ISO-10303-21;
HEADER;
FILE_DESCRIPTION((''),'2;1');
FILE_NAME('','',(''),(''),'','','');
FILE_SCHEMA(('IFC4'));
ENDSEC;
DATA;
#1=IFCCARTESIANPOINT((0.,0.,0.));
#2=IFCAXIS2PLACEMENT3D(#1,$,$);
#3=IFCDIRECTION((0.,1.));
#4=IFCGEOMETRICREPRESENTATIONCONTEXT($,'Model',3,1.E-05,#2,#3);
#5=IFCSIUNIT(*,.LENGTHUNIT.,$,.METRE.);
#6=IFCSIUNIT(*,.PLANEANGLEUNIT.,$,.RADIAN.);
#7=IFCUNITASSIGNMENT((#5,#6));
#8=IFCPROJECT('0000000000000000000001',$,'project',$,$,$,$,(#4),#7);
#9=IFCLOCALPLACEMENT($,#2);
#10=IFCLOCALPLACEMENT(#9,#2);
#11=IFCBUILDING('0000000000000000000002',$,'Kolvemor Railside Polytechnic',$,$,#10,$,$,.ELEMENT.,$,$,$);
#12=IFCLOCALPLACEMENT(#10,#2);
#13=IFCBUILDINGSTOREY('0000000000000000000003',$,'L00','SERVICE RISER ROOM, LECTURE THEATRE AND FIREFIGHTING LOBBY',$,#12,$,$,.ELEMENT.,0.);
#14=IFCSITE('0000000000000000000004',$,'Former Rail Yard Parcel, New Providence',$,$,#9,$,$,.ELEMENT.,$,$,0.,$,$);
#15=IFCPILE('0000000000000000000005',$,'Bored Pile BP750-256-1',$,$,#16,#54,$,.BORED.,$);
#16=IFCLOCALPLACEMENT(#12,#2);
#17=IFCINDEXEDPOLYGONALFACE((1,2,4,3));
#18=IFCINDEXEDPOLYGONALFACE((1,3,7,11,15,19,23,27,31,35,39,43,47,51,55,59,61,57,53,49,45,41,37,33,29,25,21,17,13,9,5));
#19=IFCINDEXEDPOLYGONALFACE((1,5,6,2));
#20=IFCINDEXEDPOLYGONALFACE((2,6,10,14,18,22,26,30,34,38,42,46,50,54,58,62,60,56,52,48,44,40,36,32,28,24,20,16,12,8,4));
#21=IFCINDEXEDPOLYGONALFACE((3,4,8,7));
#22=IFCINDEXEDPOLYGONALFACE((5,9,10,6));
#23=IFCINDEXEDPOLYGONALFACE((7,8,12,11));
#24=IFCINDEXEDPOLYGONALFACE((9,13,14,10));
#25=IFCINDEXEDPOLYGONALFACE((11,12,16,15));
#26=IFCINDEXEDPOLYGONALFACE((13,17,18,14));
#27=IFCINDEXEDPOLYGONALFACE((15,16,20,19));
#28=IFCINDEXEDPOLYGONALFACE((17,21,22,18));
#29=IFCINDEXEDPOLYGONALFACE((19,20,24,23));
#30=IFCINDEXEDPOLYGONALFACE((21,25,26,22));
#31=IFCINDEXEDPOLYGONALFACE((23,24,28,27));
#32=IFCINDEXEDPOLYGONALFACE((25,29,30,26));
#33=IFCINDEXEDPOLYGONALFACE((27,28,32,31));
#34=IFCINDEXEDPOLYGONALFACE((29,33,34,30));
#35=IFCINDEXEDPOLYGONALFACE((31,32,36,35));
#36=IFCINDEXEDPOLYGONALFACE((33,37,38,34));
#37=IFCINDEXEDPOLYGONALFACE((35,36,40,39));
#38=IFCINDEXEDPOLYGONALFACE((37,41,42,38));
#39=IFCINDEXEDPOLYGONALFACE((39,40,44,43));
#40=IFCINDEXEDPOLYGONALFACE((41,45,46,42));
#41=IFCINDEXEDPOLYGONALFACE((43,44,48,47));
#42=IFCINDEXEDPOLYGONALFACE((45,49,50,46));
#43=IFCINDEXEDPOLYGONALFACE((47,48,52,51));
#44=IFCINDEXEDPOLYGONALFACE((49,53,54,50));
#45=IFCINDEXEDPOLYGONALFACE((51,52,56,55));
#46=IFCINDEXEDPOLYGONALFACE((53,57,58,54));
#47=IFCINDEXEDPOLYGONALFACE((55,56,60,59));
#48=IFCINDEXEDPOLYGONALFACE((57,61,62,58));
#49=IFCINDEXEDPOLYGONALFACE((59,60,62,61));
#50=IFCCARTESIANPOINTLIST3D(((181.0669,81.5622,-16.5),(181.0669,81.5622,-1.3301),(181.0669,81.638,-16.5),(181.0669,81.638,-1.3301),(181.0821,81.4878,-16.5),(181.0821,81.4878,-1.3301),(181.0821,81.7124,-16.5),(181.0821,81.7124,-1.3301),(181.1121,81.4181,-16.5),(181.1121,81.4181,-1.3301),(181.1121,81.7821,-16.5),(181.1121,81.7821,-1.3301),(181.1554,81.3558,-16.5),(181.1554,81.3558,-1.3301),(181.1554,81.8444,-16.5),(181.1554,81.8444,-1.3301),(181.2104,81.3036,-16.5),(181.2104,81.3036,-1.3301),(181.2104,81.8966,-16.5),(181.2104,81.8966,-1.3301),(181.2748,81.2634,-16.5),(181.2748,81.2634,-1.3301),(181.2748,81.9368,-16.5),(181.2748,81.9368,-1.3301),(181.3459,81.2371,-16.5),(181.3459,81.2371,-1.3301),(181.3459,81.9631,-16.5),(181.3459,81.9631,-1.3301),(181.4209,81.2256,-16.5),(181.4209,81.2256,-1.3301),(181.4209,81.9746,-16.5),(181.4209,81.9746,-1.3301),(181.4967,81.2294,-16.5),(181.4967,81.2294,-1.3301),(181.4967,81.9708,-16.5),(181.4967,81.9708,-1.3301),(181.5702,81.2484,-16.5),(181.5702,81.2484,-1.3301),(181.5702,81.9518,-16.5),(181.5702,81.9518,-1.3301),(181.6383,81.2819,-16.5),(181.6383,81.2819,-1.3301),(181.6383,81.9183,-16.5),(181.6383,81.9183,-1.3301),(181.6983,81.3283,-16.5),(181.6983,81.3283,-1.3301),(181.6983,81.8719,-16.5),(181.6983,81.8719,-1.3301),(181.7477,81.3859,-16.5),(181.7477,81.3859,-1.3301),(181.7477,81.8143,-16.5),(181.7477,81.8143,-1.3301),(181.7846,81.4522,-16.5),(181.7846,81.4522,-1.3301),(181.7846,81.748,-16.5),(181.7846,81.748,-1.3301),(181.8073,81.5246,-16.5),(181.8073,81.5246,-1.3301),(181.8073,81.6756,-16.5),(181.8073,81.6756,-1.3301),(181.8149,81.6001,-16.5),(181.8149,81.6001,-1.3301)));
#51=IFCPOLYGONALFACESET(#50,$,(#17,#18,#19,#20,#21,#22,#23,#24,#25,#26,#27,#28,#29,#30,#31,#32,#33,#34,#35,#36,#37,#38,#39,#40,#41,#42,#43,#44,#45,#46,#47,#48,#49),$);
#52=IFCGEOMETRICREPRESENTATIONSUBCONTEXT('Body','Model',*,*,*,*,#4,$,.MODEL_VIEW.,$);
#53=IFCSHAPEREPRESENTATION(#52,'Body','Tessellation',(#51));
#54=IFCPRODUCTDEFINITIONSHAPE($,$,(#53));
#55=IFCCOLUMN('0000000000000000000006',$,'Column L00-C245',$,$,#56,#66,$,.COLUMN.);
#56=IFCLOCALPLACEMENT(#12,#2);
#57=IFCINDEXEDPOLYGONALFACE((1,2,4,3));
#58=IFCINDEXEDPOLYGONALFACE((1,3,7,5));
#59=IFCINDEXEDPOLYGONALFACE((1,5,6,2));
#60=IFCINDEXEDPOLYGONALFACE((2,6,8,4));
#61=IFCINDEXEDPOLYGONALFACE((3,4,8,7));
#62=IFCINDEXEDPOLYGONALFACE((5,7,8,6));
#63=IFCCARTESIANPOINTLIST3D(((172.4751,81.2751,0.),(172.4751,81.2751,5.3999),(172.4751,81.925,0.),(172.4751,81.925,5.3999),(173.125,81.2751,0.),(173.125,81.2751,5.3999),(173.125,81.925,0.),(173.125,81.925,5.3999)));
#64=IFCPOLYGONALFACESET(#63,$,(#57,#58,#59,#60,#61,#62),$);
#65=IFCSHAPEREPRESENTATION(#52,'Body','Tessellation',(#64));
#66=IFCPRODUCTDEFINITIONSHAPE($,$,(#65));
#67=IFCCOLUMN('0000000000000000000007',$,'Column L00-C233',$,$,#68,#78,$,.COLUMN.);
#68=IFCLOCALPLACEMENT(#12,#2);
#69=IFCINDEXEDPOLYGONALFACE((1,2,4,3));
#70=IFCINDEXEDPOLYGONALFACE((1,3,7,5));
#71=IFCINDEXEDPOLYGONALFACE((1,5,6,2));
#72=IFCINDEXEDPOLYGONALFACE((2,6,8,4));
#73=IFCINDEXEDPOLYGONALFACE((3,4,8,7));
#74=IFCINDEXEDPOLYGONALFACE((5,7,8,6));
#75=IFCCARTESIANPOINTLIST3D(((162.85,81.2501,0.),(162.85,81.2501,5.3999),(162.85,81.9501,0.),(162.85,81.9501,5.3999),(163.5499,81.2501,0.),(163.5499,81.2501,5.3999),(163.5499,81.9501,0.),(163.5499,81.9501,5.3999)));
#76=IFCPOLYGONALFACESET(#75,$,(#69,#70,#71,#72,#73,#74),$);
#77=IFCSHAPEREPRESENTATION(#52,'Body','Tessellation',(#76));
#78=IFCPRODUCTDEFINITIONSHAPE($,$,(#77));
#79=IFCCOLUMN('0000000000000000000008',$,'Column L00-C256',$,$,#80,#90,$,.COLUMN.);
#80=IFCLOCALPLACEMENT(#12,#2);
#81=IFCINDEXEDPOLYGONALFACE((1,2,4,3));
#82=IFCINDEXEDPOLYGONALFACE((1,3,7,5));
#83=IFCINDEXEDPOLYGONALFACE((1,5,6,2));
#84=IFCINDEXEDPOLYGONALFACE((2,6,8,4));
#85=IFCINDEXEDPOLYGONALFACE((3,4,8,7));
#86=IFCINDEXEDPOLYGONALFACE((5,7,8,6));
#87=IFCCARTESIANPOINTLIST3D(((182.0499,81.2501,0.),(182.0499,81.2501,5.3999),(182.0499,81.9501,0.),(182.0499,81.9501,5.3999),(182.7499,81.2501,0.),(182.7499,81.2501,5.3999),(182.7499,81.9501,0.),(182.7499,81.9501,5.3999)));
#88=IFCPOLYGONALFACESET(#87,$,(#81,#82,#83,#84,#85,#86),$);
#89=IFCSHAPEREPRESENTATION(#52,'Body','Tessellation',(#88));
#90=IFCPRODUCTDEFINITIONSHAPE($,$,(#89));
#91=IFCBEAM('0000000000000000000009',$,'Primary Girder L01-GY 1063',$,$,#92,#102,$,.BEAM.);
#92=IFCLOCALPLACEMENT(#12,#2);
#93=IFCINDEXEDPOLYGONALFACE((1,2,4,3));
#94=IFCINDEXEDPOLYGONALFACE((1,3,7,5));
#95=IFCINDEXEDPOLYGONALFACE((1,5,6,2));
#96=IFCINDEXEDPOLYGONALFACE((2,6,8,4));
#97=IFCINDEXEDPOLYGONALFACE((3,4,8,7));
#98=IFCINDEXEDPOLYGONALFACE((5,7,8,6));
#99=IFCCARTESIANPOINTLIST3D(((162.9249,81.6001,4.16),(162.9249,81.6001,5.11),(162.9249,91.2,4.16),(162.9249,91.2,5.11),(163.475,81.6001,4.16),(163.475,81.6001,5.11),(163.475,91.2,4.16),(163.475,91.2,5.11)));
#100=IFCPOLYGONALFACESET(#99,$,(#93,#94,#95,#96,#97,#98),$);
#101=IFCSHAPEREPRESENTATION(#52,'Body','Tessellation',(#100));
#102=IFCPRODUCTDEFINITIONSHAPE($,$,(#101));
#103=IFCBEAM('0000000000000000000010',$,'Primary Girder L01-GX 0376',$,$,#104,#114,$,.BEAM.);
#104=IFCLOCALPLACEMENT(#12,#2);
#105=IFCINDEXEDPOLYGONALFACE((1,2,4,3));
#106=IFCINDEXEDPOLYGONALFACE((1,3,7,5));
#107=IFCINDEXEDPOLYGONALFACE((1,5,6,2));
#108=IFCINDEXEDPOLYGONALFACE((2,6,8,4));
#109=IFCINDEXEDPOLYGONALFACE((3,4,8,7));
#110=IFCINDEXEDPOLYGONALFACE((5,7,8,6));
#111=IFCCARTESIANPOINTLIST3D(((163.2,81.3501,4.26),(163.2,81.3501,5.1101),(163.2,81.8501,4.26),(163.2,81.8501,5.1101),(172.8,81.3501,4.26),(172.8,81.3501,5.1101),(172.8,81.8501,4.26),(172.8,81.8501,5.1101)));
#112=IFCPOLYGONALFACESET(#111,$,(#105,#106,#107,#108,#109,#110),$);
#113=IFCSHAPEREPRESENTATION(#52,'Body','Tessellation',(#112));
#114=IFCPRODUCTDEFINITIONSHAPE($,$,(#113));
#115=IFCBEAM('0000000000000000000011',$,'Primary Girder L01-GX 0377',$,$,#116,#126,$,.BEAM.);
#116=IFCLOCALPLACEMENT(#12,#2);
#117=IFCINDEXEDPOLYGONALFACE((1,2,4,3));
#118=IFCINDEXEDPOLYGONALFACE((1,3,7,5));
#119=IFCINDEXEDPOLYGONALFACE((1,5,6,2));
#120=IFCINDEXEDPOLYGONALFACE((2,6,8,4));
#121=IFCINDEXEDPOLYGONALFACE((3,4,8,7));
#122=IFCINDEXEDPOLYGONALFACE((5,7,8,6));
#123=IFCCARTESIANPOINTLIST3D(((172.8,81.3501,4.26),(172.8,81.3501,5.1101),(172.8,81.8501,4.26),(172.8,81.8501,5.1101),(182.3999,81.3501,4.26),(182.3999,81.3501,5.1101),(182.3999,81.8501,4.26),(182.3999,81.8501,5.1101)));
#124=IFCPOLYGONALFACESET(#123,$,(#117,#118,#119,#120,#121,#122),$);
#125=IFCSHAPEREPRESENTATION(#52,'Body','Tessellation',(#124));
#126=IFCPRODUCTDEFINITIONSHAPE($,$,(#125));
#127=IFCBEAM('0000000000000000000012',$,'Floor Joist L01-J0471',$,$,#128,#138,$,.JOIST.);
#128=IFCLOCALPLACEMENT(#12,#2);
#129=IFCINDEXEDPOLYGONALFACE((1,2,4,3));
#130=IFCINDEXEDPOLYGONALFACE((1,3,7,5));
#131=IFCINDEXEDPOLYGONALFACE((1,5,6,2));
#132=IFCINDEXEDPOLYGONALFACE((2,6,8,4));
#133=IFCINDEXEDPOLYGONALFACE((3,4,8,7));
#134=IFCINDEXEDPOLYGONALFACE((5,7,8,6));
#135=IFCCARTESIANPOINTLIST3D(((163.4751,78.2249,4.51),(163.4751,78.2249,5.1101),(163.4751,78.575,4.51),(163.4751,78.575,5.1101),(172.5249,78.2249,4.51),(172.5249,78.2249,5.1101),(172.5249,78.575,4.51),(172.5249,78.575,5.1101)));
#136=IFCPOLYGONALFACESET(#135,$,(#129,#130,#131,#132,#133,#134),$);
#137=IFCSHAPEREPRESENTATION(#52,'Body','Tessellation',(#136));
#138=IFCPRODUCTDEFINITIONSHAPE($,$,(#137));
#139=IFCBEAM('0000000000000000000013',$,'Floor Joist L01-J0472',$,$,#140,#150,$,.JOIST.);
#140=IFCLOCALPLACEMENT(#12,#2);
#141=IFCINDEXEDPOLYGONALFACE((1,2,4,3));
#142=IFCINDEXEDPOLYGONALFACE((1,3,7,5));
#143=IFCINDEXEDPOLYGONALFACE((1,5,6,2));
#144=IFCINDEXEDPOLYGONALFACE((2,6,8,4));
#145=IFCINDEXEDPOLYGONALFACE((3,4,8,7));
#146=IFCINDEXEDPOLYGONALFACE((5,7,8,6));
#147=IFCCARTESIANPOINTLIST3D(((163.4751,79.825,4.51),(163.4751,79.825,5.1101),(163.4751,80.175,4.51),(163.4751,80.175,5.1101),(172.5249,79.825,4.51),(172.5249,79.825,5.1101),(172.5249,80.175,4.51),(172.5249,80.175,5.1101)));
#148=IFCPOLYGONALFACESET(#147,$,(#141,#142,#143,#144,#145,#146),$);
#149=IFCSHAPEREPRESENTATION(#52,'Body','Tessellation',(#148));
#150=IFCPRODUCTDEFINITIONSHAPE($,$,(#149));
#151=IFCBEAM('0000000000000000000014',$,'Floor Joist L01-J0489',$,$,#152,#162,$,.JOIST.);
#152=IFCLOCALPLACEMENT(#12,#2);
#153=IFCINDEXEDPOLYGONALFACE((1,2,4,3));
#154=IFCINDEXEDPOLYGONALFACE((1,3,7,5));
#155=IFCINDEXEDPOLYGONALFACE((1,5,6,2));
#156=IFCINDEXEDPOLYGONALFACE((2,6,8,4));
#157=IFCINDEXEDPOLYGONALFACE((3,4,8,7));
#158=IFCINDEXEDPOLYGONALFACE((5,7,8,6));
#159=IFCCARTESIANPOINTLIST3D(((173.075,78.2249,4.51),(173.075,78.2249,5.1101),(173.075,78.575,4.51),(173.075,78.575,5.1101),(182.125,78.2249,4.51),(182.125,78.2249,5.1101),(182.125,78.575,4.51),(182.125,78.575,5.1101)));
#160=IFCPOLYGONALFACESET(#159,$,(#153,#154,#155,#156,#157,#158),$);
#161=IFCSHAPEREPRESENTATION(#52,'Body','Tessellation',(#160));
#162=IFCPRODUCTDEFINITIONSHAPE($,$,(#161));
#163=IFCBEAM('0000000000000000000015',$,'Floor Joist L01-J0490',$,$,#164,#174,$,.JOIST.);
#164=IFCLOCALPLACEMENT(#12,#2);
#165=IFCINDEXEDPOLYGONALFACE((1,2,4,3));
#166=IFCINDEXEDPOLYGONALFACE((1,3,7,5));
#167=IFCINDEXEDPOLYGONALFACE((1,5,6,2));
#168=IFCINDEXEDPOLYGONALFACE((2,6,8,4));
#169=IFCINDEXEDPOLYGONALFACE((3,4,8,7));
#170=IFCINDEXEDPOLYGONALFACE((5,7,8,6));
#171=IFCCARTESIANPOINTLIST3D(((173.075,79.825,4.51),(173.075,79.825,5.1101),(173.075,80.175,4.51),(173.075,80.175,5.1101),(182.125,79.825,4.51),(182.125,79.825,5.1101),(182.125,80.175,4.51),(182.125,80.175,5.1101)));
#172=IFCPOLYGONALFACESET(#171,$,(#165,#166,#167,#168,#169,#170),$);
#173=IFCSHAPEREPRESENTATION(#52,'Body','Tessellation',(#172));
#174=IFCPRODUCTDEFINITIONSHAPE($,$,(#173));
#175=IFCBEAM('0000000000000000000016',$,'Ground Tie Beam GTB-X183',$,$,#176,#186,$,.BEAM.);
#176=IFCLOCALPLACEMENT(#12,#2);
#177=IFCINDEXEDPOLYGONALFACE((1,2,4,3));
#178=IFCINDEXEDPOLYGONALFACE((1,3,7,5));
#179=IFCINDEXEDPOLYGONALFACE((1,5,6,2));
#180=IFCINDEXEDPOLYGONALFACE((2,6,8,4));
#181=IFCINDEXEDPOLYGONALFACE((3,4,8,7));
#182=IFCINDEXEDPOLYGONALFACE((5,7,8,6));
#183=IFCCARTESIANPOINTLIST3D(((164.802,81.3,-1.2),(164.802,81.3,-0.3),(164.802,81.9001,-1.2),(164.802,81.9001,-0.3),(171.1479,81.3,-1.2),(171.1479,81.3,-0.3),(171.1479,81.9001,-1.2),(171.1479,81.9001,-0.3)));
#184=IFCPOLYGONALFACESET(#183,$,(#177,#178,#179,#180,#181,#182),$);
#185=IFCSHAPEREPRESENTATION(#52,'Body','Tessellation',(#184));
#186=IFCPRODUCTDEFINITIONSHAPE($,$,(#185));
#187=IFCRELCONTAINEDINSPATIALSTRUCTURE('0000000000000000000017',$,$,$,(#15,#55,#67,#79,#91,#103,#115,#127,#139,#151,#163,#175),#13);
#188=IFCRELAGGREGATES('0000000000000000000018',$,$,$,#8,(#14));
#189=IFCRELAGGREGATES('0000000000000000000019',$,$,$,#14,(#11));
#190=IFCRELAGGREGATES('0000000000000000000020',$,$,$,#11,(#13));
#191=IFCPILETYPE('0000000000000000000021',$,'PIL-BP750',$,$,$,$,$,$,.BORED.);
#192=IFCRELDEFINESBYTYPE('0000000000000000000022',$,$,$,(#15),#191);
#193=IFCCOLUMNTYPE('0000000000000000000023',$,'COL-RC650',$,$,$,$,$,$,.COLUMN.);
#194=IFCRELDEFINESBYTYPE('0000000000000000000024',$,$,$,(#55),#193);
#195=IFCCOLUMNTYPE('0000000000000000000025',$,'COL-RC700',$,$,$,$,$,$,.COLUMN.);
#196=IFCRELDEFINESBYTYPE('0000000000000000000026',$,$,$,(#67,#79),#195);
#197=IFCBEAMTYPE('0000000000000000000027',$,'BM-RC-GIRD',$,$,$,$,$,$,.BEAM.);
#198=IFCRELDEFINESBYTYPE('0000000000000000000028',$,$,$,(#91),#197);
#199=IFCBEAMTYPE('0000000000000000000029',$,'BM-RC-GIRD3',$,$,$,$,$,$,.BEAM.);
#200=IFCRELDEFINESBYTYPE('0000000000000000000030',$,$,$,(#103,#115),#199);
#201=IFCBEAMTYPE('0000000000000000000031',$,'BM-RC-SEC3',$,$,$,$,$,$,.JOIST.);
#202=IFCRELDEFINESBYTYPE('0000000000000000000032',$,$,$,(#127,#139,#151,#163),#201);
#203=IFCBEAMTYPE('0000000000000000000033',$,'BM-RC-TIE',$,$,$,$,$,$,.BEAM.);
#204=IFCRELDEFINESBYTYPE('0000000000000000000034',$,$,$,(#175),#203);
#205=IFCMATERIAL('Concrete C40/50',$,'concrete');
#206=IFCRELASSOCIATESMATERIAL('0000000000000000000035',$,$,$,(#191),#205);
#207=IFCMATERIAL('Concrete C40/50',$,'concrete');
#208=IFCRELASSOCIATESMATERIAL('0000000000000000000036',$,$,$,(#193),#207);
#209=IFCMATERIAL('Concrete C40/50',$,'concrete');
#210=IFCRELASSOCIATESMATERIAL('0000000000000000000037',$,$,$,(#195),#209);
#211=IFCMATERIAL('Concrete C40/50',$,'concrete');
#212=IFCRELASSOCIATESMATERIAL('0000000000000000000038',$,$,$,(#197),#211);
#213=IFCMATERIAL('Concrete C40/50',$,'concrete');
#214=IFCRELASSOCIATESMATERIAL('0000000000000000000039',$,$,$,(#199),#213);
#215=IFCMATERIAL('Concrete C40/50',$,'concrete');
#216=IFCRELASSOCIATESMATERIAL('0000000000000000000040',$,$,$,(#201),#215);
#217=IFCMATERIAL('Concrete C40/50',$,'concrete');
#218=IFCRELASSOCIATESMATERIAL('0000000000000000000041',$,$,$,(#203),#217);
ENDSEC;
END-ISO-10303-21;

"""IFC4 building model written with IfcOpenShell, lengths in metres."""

from ifc_helpers import new_model, si_unit, direction, frame, origin, origin_2d, place, context, subcontext, project, spatial, rectangle, circle, extrude, material, material_profile, profile_set, type_object, element, save


model = new_model("IFC4")

# Units and contexts
model_context = context("Model", 3, precision=1e-05, world=origin(), true_north=direction((0.0, 1.0)))
body_context = subcontext(model_context, "Body", "Model", "MODEL_VIEW")
ifc_project = project(units=[si_unit("LENGTHUNIT", "METRE"), si_unit("PLANEANGLEUNIT", "RADIAN")], contexts=[model_context])

# Site, building, storey
site_placement = place(None, origin())
site = spatial("IfcSite", under=ifc_project, at=site_placement, Name="Former Rail Yard Parcel, New Providence", CompositionType="ELEMENT", RefElevation=0.0)
building_placement = place(site_placement, origin())
building = spatial("IfcBuilding", under=site, at=building_placement, Name="Kolvemor Railside Polytechnic", CompositionType="ELEMENT")
storey_placement = place(building_placement, origin())
storey = spatial("IfcBuildingStorey", under=building, at=storey_placement, Name="L00", Description="SERVICE RISER ROOM, LECTURE THEATRE AND FIREFIGHTING LOBBY", CompositionType="ELEMENT", Elevation=0.0)

# Pile
ifc_material_1 = material(Name="Concrete C40/50", Category="concrete")
ifc_material_profile_1 = material_profile(ifc_material_1, circle(Radius=0.375, at=origin_2d()), Name="BP750")
ifc_profile_set_1 = profile_set([ifc_material_profile_1], Name="Concrete C40/50")
pile_type = type_object("IfcPileType", Name="PIL-BP750", PredefinedType="BORED", material=ifc_profile_set_1)
pile_placement = place(storey_placement, frame((181.4399, 81.6001, -1.3301), z_axis=(0.0, 0.0, -1.0), x_axis=(1.0, 0.0, 0.0)))
element("IfcPile", 1, at=pile_placement, inside=storey, type_object=pile_type, Name="Bored Pile BP750-256-1", PredefinedType="BORED", context=body_context, shape_type="SweptSolid", body=[
    extrude(circle(Radius=0.375, at=origin_2d()), origin(), (0.0, 0.0, 1.0), 15.1699),
])

# Columns
ifc_material_2 = material(Name="Concrete C40/50", Category="concrete")
ifc_material_profile_2 = material_profile(ifc_material_2, rectangle(XDim=0.6499, YDim=0.6499, at=origin_2d()), Name="RC650x650")
ifc_profile_set_2 = profile_set([ifc_material_profile_2], Name="Concrete C40/50")
column_type_1 = type_object("IfcColumnType", Name="COL-RC650", PredefinedType="COLUMN", material=ifc_profile_set_2)
column_placement = place(storey_placement, frame((172.8, 81.6001, 0.0), z_axis=(0.0, 0.0, 1.0), x_axis=(1.0, 0.0, 0.0)))
element("IfcColumn", 2, at=column_placement, inside=storey, type_object=column_type_1, Name="Column L00-C245", PredefinedType="COLUMN", context=body_context, shape_type="SweptSolid", body=[
    extrude(rectangle(XDim=0.6499, YDim=0.6499, at=origin_2d()), origin(), (0.0, 0.0, 1.0), 5.3999),
])
ifc_material_3 = material(Name="Concrete C40/50", Category="concrete")
ifc_material_profile_3 = material_profile(ifc_material_3, rectangle(XDim=0.7, YDim=0.7, at=origin_2d()), Name="RC700x700")
ifc_profile_set_3 = profile_set([ifc_material_profile_3], Name="Concrete C40/50")
column_type_2 = type_object("IfcColumnType", Name="COL-RC700", PredefinedType="COLUMN", material=ifc_profile_set_3)
for number, where, z_axis, x_axis, name in (
    (3, (163.2, 81.6001, 0.0), (0.0, 0.0, 1.0), (1.0, 0.0, 0.0), "Column L00-C233"),
    (4, (182.3999, 81.6001, 0.0), (0.0, 0.0, 1.0), (1.0, 0.0, 0.0), "Column L00-C256"),
):
    element("IfcColumn", number, at=place(storey_placement, frame(where, z_axis=z_axis, x_axis=x_axis)), inside=storey, type_object=column_type_2, Name=name, PredefinedType="COLUMN", context=body_context, shape_type="SweptSolid", body=[
        extrude(rectangle(XDim=0.7, YDim=0.7, at=origin_2d()), origin(), (0.0, 0.0, 1.0), 5.3999),
    ])

# Beams
ifc_material_4 = material(Name="Concrete C40/50", Category="concrete")
ifc_material_profile_4 = material_profile(ifc_material_4, rectangle(XDim=0.55, YDim=0.95, at=origin_2d()), Name="RC550x950")
ifc_profile_set_4 = profile_set([ifc_material_profile_4], Name="Concrete C40/50")
beam_type_1 = type_object("IfcBeamType", Name="BM-RC-GIRD", PredefinedType="BEAM", material=ifc_profile_set_4)
beam_1_placement = place(storey_placement, frame((163.2, 81.6001, 4.635), z_axis=(0.0, 1.0, 0.0), x_axis=(-1.0, 0.0, 0.0)))
element("IfcBeam", 5, at=beam_1_placement, inside=storey, type_object=beam_type_1, Name="Primary Girder L01-GY 1063", PredefinedType="BEAM", context=body_context, shape_type="SweptSolid", body=[
    extrude(rectangle(XDim=0.55, YDim=0.95, at=origin_2d()), origin(), (0.0, 0.0, 1.0), 9.5999),
])
ifc_material_5 = material(Name="Concrete C40/50", Category="concrete")
ifc_material_profile_5 = material_profile(ifc_material_5, rectangle(XDim=0.5, YDim=0.8501, at=origin_2d()), Name="RC500x850")
ifc_profile_set_5 = profile_set([ifc_material_profile_5], Name="Concrete C40/50")
beam_type_2 = type_object("IfcBeamType", Name="BM-RC-GIRD3", PredefinedType="BEAM", material=ifc_profile_set_5)
beam_2_placement = place(storey_placement, frame((163.2, 81.6001, 4.6851), z_axis=(1.0, 0.0, 0.0), x_axis=(0.0, 1.0, 0.0)))
element("IfcBeam", 6, at=beam_2_placement, inside=storey, type_object=beam_type_2, Name="Primary Girder L01-GX 0376", PredefinedType="BEAM", context=body_context, shape_type="SweptSolid", body=[
    extrude(rectangle(XDim=0.5, YDim=0.8501, at=origin_2d()), origin(), (0.0, 0.0, 1.0), 9.6001),
])
beam_3_placement = place(storey_placement, frame((172.8, 81.6001, 4.6851), z_axis=(1.0, 0.0, 0.0), x_axis=(0.0, 1.0, 0.0)))
element("IfcBeam", 7, at=beam_3_placement, inside=storey, type_object=beam_type_2, Name="Primary Girder L01-GX 0377", PredefinedType="BEAM", context=body_context, shape_type="SweptSolid", body=[
    extrude(rectangle(XDim=0.5, YDim=0.8501, at=origin_2d()), origin(), (0.0, 0.0, 1.0), 9.5999),
])
ifc_material_6 = material(Name="Concrete C40/50", Category="concrete")
ifc_material_profile_6 = material_profile(ifc_material_6, rectangle(XDim=0.3501, YDim=0.6001, at=origin_2d()), Name="RC350x600")
ifc_profile_set_6 = profile_set([ifc_material_profile_6], Name="Concrete C40/50")
beam_type_3 = type_object("IfcBeamType", Name="BM-RC-SEC3", PredefinedType="JOIST", material=ifc_profile_set_6)
for number, where, z_axis, x_axis, name in (
    (8, (163.4751, 78.3999, 4.8101), (1.0, 0.0, 0.0), (0.0, 1.0, 0.0), "Floor Joist L01-J0471"),
    (9, (163.4751, 80.0, 4.8101), (1.0, 0.0, 0.0), (0.0, 1.0, 0.0), "Floor Joist L01-J0472"),
):
    element("IfcBeam", number, at=place(storey_placement, frame(where, z_axis=z_axis, x_axis=x_axis)), inside=storey, type_object=beam_type_3, Name=name, PredefinedType="JOIST", context=body_context, shape_type="SweptSolid", body=[
        extrude(rectangle(XDim=0.3501, YDim=0.6001, at=origin_2d()), origin(), (0.0, 0.0, 1.0), 9.0498),
    ])
for number, where, z_axis, x_axis, name in (
    (10, (173.075, 78.3999, 4.8101), (1.0, 0.0, 0.0), (0.0, 1.0, 0.0), "Floor Joist L01-J0489"),
    (11, (173.075, 80.0, 4.8101), (1.0, 0.0, 0.0), (0.0, 1.0, 0.0), "Floor Joist L01-J0490"),
):
    element("IfcBeam", number, at=place(storey_placement, frame(where, z_axis=z_axis, x_axis=x_axis)), inside=storey, type_object=beam_type_3, Name=name, PredefinedType="JOIST", context=body_context, shape_type="SweptSolid", body=[
        extrude(rectangle(XDim=0.3501, YDim=0.6001, at=origin_2d()), origin(), (0.0, 0.0, 1.0), 9.05),
    ])
ifc_material_7 = material(Name="Concrete C40/50", Category="concrete")
ifc_material_profile_7 = material_profile(ifc_material_7, rectangle(XDim=0.6001, YDim=0.8999, at=origin_2d()), Name="RC600x900")
ifc_profile_set_7 = profile_set([ifc_material_profile_7], Name="Concrete C40/50")
beam_type_4 = type_object("IfcBeamType", Name="BM-RC-TIE", PredefinedType="BEAM", material=ifc_profile_set_7)
beam_4_placement = place(storey_placement, frame((164.802, 81.6001, -0.75), z_axis=(1.0, 0.0, 0.0), x_axis=(0.0, 1.0, 0.0)))
element("IfcBeam", 12, at=beam_4_placement, inside=storey, type_object=beam_type_4, Name="Ground Tie Beam GTB-X183", PredefinedType="BEAM", context=body_context, shape_type="SweptSolid", body=[
    extrude(rectangle(XDim=0.6001, YDim=0.8999, at=origin_2d()), origin(), (0.0, 0.0, 1.0), 6.3459),
])

save(model, "model.ifc")
